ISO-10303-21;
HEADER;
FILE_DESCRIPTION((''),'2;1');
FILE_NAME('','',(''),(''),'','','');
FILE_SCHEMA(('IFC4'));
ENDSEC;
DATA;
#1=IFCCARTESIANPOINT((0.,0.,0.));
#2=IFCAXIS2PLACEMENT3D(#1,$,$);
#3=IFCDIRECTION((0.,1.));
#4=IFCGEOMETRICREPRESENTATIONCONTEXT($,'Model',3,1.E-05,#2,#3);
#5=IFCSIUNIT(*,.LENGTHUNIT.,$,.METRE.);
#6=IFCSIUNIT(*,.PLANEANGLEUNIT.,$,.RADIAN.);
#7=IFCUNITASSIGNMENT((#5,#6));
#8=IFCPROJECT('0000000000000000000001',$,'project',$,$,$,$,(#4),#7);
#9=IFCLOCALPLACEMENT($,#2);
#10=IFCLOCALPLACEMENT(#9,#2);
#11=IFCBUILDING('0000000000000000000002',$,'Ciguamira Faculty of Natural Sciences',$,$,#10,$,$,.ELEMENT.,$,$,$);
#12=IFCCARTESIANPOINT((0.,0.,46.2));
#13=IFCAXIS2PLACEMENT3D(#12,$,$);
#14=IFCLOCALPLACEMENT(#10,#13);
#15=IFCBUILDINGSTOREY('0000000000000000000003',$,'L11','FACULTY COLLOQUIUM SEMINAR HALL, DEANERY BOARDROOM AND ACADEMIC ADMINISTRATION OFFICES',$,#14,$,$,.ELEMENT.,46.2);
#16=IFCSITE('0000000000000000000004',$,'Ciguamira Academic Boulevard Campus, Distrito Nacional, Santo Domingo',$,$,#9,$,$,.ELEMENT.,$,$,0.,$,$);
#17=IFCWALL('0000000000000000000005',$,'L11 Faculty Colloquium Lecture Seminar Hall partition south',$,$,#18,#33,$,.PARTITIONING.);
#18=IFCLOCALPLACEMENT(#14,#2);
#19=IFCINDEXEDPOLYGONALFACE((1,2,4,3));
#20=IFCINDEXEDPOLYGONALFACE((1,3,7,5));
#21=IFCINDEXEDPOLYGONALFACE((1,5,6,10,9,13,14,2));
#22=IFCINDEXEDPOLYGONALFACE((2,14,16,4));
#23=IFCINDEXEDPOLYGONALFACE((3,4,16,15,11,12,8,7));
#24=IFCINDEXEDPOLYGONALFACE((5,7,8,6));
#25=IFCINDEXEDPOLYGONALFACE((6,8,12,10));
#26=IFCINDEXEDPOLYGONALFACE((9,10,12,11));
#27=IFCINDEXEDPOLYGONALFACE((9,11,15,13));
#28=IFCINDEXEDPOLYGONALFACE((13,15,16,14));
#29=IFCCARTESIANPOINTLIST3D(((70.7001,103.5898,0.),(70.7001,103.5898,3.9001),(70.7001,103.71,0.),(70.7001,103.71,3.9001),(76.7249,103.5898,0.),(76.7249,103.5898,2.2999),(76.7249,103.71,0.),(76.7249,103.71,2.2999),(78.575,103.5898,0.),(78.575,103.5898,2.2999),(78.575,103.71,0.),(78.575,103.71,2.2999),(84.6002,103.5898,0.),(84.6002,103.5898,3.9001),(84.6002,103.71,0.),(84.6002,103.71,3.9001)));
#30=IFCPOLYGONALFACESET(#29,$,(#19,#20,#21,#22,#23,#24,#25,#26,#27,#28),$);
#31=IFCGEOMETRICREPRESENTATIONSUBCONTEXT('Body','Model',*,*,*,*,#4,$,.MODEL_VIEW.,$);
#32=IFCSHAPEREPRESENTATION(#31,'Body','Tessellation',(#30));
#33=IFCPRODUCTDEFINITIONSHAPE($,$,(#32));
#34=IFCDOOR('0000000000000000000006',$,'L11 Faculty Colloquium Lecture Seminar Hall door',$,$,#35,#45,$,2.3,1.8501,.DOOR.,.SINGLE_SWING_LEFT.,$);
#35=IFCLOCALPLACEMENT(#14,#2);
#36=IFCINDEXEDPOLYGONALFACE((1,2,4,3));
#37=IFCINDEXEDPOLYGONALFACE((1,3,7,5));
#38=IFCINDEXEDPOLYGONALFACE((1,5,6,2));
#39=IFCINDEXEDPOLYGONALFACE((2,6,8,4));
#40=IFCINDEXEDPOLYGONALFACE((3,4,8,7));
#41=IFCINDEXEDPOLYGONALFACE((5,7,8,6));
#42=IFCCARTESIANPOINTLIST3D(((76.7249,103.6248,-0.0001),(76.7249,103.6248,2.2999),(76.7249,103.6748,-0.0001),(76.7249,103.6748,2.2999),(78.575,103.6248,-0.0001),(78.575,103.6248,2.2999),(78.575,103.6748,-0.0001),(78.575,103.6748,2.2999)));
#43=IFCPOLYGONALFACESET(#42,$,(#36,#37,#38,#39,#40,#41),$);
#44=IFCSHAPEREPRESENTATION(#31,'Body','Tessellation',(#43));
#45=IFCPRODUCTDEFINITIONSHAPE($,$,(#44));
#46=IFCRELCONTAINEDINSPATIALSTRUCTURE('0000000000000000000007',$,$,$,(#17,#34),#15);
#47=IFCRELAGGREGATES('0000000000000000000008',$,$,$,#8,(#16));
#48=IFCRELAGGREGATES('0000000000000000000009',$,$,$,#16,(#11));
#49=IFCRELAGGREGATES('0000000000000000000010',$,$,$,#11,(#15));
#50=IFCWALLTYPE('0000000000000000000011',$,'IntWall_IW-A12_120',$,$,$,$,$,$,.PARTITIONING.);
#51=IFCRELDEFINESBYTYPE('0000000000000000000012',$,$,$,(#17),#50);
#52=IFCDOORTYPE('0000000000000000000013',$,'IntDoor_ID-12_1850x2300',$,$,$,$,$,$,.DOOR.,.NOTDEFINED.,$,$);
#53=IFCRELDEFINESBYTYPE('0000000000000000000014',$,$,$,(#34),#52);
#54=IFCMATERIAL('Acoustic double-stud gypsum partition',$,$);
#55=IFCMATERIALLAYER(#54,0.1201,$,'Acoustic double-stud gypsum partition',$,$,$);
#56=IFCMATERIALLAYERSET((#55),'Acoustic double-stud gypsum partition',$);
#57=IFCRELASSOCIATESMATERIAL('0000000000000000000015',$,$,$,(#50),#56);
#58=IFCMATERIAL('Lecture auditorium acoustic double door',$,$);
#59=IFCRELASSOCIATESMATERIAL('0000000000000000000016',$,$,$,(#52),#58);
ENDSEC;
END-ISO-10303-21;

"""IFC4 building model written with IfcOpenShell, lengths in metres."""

from ifc_helpers import new_model, si_unit, direction, frame, frame_2d, origin, place, context, subcontext, project, spatial, rectangle, extrude, material, layer, layer_set, type_object, element, fill, save


model = new_model("IFC4")

# Units and contexts
model_context = context("Model", 3, precision=1e-05, world=origin(), true_north=direction((0.0, 1.0)))
body_context = subcontext(model_context, "Body", "Model", "MODEL_VIEW")
ifc_project = project(units=[si_unit("LENGTHUNIT", "METRE"), si_unit("PLANEANGLEUNIT", "RADIAN")], contexts=[model_context])

# Site, building, storey
site_placement = place(None, origin())
site = spatial("IfcSite", under=ifc_project, at=site_placement, Name="Ciguamira Academic Boulevard Campus, Distrito Nacional, Santo Domingo", CompositionType="ELEMENT", RefElevation=0.0)
building_placement = place(site_placement, origin())
building = spatial("IfcBuilding", under=site, at=building_placement, Name="Ciguamira Faculty of Natural Sciences", CompositionType="ELEMENT")
storey_placement = place(building_placement, frame((0.0, 0.0, 46.2)))
storey = spatial("IfcBuildingStorey", under=building, at=storey_placement, Name="L11", Description="FACULTY COLLOQUIUM SEMINAR HALL, DEANERY BOARDROOM AND ACADEMIC ADMINISTRATION OFFICES", CompositionType="ELEMENT", Elevation=46.2)

# Wall, opening, door
ifc_material_1 = material(Name="Acoustic double-stud gypsum partition")
ifc_layer_1 = layer(ifc_material_1, 0.1201, Name="Acoustic double-stud gypsum partition")
ifc_layer_set_1 = layer_set([ifc_layer_1], Name="Acoustic double-stud gypsum partition")
wall_type_1 = type_object("IfcWallType", Name="IntWall_IW-A12_120", PredefinedType="PARTITIONING", material=ifc_layer_set_1)
wall_1_placement = place(storey_placement, frame((70.7, 103.6499, 0.0), z_axis=(0.0, 0.0, 1.0), x_axis=(1.0, 0.0, 0.0)))
wall_1 = element("IfcWall", 1, at=wall_1_placement, inside=storey, type_object=wall_type_1, Name="L11 Faculty Colloquium Lecture Seminar Hall partition south", PredefinedType="PARTITIONING", context=body_context, shape_type="SweptSolid", body=[
    extrude(rectangle(XDim=13.9001, YDim=0.1201, at=frame_2d((6.9502, 0.0))), origin(), (0.0, 0.0, 1.0), 3.9001),
])
opening_1_placement = place(wall_1_placement, frame((6.0249, 0.0, 0.0)))
opening_1 = element("IfcOpeningElement", 2, at=opening_1_placement, cuts=wall_1, PredefinedType="OPENING", context=body_context, shape_type="SweptSolid", body=[
    extrude(rectangle(XDim=1.8501, YDim=2.3, at=frame_2d((0.925, 1.1499))), frame((0.0, 0.0701, 0.0), z_axis=(0.0, -1.0, 0.0), x_axis=(1.0, 0.0, 0.0)), (0.0, 0.0, 1.0), 0.1401),
])
ifc_material_2 = material(Name="Lecture auditorium acoustic double door")
door_type_1 = type_object("IfcDoorType", Name="IntDoor_ID-12_1850x2300", OperationType="NOTDEFINED", PredefinedType="DOOR", material=ifc_material_2)
door_1_placement = place(opening_1_placement, origin())
door_1 = element("IfcDoor", 3, at=door_1_placement, inside=storey, type_object=door_type_1, Name="L11 Faculty Colloquium Lecture Seminar Hall door", OperationType="SINGLE_SWING_LEFT", OverallHeight=2.3, OverallWidth=1.8501, PredefinedType="DOOR", context=body_context, shape_type="SweptSolid", body=[
    extrude(rectangle(XDim=1.8501, YDim=2.3, at=frame_2d((0.925, 1.1499))), frame((0.0, 0.0249, 0.0), z_axis=(0.0, -1.0, 0.0), x_axis=(1.0, 0.0, 0.0)), (0.0, 0.0, 1.0), 0.05),
])
fill(opening_1, door_1)

save(model, "model.ifc")
